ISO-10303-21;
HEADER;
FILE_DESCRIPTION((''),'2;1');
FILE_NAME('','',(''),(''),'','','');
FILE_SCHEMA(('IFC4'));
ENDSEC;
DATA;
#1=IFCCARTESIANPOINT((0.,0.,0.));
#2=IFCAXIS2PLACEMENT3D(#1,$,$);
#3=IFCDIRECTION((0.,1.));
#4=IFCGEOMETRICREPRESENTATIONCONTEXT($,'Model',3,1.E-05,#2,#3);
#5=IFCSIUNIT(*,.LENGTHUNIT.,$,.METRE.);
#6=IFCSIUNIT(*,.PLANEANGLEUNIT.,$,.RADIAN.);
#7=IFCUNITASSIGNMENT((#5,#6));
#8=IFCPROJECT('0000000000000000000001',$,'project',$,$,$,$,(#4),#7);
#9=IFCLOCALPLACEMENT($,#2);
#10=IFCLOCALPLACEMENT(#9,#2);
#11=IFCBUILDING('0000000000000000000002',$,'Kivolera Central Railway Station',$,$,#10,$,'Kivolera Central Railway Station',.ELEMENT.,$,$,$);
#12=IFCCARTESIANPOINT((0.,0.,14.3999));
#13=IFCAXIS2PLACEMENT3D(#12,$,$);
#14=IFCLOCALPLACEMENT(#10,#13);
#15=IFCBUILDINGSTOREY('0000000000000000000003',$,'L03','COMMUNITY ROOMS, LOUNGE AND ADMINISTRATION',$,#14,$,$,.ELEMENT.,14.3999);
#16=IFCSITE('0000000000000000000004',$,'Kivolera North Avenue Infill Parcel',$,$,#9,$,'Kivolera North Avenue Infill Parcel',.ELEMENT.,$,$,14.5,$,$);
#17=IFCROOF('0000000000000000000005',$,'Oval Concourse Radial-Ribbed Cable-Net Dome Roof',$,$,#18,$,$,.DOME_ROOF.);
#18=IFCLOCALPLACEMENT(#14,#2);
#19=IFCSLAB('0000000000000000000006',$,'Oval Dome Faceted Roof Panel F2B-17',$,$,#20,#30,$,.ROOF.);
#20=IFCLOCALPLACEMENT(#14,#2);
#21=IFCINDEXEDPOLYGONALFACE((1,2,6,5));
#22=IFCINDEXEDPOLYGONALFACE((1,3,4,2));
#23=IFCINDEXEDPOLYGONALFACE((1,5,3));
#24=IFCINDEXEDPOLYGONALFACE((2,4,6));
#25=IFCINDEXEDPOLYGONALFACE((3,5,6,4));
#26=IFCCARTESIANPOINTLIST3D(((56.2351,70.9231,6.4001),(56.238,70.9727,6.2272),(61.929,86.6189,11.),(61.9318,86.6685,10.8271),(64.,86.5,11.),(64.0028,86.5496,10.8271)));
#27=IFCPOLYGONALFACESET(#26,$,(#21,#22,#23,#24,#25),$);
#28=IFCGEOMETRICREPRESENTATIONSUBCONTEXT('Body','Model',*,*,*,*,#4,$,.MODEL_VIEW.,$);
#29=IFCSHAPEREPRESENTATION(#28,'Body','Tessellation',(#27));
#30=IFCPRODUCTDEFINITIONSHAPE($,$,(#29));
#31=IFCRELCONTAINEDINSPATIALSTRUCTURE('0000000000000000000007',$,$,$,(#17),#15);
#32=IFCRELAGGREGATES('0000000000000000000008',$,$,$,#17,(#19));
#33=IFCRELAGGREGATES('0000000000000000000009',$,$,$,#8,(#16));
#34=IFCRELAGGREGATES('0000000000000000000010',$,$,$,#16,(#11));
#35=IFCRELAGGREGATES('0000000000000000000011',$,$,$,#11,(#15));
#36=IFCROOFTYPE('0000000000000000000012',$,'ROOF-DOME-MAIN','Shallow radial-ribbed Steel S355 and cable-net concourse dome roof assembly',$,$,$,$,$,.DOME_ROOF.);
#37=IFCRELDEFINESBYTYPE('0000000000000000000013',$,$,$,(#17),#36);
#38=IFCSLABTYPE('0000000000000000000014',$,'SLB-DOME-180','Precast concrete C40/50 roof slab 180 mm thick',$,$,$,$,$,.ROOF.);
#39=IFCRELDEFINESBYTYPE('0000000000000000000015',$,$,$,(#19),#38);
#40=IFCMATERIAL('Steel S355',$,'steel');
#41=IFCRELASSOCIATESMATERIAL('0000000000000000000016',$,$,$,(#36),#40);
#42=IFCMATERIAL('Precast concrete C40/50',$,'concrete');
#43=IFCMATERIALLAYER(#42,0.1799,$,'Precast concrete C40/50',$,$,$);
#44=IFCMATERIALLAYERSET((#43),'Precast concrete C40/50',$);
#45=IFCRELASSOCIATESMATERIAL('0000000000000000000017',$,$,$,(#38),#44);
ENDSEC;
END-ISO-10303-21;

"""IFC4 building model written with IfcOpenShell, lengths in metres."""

from ifc_helpers import new_model, si_unit, direction, frame, origin, place, context, subcontext, project, spatial, polyline, outline, extrude, material, layer, layer_set, type_object, element, aggregate, save


model = new_model("IFC4")

# Units and contexts
model_context = context("Model", 3, precision=1e-05, world=origin(), true_north=direction((0.0, 1.0)))
body_context = subcontext(model_context, "Body", "Model", "MODEL_VIEW")
ifc_project = project(units=[si_unit("LENGTHUNIT", "METRE"), si_unit("PLANEANGLEUNIT", "RADIAN")], contexts=[model_context])

# Site, building, storey
site_placement = place(None, origin())
site = spatial("IfcSite", under=ifc_project, at=site_placement, Name="Kivolera North Avenue Infill Parcel", LongName="Kivolera North Avenue Infill Parcel", CompositionType="ELEMENT", RefElevation=14.5)
building_placement = place(site_placement, origin())
building = spatial("IfcBuilding", under=site, at=building_placement, Name="Kivolera Central Railway Station", LongName="Kivolera Central Railway Station", CompositionType="ELEMENT")
storey_placement = place(building_placement, frame((0.0, 0.0, 14.3999)))
storey = spatial("IfcBuildingStorey", under=building, at=storey_placement, Name="L03", Description="COMMUNITY ROOMS, LOUNGE AND ADMINISTRATION", CompositionType="ELEMENT", Elevation=14.3999)

# Shared definitions
ifc_material_1 = material(Name="Steel S355", Category="steel")

# Roof, slab
roof_type = type_object("IfcRoofType", Name="ROOF-DOME-MAIN", Description="Shallow radial-ribbed Steel S355 and cable-net concourse dome roof assembly", PredefinedType="DOME_ROOF", material=ifc_material_1)
roof_placement = place(storey_placement, origin())
roof = element("IfcRoof", 1, at=roof_placement, inside=storey, type_object=roof_type, Name="Oval Concourse Radial-Ribbed Cable-Net Dome Roof", PredefinedType="DOME_ROOF")
ifc_material_2 = material(Name="Precast concrete C40/50", Category="concrete")
ifc_layer_1 = layer(ifc_material_2, 0.1799, Name="Precast concrete C40/50")
ifc_layer_set_1 = layer_set([ifc_layer_1], Name="Precast concrete C40/50")
slab_type = type_object("IfcSlabType", Name="SLB-DOME-180", Description="Precast concrete C40/50 roof slab 180 mm thick", PredefinedType="ROOF", material=ifc_layer_set_1)
slab_1_placement = place(storey_placement, frame((56.2351, 70.9231, 6.4001), z_axis=(-0.015839, -0.275903, 0.961055), x_axis=(0.431322, 0.865261, 0.255511)))
slab_1 = element("IfcSlab", 2, at=slab_1_placement, type_object=slab_type, Name="Oval Dome Faceted Roof Panel F2B-17", PredefinedType="ROOF", context=body_context, shape_type="SweptSolid", body=[
    extrude(outline(polyline([(0.0, 0.0), (18.0026, 0.0), (17.2121, 1.918), (0.0, 0.0)])), origin(), (0.0, 0.0, -1.0), 0.1799),
])
aggregate(roof, [slab_1])

save(model, "model.ifc")
